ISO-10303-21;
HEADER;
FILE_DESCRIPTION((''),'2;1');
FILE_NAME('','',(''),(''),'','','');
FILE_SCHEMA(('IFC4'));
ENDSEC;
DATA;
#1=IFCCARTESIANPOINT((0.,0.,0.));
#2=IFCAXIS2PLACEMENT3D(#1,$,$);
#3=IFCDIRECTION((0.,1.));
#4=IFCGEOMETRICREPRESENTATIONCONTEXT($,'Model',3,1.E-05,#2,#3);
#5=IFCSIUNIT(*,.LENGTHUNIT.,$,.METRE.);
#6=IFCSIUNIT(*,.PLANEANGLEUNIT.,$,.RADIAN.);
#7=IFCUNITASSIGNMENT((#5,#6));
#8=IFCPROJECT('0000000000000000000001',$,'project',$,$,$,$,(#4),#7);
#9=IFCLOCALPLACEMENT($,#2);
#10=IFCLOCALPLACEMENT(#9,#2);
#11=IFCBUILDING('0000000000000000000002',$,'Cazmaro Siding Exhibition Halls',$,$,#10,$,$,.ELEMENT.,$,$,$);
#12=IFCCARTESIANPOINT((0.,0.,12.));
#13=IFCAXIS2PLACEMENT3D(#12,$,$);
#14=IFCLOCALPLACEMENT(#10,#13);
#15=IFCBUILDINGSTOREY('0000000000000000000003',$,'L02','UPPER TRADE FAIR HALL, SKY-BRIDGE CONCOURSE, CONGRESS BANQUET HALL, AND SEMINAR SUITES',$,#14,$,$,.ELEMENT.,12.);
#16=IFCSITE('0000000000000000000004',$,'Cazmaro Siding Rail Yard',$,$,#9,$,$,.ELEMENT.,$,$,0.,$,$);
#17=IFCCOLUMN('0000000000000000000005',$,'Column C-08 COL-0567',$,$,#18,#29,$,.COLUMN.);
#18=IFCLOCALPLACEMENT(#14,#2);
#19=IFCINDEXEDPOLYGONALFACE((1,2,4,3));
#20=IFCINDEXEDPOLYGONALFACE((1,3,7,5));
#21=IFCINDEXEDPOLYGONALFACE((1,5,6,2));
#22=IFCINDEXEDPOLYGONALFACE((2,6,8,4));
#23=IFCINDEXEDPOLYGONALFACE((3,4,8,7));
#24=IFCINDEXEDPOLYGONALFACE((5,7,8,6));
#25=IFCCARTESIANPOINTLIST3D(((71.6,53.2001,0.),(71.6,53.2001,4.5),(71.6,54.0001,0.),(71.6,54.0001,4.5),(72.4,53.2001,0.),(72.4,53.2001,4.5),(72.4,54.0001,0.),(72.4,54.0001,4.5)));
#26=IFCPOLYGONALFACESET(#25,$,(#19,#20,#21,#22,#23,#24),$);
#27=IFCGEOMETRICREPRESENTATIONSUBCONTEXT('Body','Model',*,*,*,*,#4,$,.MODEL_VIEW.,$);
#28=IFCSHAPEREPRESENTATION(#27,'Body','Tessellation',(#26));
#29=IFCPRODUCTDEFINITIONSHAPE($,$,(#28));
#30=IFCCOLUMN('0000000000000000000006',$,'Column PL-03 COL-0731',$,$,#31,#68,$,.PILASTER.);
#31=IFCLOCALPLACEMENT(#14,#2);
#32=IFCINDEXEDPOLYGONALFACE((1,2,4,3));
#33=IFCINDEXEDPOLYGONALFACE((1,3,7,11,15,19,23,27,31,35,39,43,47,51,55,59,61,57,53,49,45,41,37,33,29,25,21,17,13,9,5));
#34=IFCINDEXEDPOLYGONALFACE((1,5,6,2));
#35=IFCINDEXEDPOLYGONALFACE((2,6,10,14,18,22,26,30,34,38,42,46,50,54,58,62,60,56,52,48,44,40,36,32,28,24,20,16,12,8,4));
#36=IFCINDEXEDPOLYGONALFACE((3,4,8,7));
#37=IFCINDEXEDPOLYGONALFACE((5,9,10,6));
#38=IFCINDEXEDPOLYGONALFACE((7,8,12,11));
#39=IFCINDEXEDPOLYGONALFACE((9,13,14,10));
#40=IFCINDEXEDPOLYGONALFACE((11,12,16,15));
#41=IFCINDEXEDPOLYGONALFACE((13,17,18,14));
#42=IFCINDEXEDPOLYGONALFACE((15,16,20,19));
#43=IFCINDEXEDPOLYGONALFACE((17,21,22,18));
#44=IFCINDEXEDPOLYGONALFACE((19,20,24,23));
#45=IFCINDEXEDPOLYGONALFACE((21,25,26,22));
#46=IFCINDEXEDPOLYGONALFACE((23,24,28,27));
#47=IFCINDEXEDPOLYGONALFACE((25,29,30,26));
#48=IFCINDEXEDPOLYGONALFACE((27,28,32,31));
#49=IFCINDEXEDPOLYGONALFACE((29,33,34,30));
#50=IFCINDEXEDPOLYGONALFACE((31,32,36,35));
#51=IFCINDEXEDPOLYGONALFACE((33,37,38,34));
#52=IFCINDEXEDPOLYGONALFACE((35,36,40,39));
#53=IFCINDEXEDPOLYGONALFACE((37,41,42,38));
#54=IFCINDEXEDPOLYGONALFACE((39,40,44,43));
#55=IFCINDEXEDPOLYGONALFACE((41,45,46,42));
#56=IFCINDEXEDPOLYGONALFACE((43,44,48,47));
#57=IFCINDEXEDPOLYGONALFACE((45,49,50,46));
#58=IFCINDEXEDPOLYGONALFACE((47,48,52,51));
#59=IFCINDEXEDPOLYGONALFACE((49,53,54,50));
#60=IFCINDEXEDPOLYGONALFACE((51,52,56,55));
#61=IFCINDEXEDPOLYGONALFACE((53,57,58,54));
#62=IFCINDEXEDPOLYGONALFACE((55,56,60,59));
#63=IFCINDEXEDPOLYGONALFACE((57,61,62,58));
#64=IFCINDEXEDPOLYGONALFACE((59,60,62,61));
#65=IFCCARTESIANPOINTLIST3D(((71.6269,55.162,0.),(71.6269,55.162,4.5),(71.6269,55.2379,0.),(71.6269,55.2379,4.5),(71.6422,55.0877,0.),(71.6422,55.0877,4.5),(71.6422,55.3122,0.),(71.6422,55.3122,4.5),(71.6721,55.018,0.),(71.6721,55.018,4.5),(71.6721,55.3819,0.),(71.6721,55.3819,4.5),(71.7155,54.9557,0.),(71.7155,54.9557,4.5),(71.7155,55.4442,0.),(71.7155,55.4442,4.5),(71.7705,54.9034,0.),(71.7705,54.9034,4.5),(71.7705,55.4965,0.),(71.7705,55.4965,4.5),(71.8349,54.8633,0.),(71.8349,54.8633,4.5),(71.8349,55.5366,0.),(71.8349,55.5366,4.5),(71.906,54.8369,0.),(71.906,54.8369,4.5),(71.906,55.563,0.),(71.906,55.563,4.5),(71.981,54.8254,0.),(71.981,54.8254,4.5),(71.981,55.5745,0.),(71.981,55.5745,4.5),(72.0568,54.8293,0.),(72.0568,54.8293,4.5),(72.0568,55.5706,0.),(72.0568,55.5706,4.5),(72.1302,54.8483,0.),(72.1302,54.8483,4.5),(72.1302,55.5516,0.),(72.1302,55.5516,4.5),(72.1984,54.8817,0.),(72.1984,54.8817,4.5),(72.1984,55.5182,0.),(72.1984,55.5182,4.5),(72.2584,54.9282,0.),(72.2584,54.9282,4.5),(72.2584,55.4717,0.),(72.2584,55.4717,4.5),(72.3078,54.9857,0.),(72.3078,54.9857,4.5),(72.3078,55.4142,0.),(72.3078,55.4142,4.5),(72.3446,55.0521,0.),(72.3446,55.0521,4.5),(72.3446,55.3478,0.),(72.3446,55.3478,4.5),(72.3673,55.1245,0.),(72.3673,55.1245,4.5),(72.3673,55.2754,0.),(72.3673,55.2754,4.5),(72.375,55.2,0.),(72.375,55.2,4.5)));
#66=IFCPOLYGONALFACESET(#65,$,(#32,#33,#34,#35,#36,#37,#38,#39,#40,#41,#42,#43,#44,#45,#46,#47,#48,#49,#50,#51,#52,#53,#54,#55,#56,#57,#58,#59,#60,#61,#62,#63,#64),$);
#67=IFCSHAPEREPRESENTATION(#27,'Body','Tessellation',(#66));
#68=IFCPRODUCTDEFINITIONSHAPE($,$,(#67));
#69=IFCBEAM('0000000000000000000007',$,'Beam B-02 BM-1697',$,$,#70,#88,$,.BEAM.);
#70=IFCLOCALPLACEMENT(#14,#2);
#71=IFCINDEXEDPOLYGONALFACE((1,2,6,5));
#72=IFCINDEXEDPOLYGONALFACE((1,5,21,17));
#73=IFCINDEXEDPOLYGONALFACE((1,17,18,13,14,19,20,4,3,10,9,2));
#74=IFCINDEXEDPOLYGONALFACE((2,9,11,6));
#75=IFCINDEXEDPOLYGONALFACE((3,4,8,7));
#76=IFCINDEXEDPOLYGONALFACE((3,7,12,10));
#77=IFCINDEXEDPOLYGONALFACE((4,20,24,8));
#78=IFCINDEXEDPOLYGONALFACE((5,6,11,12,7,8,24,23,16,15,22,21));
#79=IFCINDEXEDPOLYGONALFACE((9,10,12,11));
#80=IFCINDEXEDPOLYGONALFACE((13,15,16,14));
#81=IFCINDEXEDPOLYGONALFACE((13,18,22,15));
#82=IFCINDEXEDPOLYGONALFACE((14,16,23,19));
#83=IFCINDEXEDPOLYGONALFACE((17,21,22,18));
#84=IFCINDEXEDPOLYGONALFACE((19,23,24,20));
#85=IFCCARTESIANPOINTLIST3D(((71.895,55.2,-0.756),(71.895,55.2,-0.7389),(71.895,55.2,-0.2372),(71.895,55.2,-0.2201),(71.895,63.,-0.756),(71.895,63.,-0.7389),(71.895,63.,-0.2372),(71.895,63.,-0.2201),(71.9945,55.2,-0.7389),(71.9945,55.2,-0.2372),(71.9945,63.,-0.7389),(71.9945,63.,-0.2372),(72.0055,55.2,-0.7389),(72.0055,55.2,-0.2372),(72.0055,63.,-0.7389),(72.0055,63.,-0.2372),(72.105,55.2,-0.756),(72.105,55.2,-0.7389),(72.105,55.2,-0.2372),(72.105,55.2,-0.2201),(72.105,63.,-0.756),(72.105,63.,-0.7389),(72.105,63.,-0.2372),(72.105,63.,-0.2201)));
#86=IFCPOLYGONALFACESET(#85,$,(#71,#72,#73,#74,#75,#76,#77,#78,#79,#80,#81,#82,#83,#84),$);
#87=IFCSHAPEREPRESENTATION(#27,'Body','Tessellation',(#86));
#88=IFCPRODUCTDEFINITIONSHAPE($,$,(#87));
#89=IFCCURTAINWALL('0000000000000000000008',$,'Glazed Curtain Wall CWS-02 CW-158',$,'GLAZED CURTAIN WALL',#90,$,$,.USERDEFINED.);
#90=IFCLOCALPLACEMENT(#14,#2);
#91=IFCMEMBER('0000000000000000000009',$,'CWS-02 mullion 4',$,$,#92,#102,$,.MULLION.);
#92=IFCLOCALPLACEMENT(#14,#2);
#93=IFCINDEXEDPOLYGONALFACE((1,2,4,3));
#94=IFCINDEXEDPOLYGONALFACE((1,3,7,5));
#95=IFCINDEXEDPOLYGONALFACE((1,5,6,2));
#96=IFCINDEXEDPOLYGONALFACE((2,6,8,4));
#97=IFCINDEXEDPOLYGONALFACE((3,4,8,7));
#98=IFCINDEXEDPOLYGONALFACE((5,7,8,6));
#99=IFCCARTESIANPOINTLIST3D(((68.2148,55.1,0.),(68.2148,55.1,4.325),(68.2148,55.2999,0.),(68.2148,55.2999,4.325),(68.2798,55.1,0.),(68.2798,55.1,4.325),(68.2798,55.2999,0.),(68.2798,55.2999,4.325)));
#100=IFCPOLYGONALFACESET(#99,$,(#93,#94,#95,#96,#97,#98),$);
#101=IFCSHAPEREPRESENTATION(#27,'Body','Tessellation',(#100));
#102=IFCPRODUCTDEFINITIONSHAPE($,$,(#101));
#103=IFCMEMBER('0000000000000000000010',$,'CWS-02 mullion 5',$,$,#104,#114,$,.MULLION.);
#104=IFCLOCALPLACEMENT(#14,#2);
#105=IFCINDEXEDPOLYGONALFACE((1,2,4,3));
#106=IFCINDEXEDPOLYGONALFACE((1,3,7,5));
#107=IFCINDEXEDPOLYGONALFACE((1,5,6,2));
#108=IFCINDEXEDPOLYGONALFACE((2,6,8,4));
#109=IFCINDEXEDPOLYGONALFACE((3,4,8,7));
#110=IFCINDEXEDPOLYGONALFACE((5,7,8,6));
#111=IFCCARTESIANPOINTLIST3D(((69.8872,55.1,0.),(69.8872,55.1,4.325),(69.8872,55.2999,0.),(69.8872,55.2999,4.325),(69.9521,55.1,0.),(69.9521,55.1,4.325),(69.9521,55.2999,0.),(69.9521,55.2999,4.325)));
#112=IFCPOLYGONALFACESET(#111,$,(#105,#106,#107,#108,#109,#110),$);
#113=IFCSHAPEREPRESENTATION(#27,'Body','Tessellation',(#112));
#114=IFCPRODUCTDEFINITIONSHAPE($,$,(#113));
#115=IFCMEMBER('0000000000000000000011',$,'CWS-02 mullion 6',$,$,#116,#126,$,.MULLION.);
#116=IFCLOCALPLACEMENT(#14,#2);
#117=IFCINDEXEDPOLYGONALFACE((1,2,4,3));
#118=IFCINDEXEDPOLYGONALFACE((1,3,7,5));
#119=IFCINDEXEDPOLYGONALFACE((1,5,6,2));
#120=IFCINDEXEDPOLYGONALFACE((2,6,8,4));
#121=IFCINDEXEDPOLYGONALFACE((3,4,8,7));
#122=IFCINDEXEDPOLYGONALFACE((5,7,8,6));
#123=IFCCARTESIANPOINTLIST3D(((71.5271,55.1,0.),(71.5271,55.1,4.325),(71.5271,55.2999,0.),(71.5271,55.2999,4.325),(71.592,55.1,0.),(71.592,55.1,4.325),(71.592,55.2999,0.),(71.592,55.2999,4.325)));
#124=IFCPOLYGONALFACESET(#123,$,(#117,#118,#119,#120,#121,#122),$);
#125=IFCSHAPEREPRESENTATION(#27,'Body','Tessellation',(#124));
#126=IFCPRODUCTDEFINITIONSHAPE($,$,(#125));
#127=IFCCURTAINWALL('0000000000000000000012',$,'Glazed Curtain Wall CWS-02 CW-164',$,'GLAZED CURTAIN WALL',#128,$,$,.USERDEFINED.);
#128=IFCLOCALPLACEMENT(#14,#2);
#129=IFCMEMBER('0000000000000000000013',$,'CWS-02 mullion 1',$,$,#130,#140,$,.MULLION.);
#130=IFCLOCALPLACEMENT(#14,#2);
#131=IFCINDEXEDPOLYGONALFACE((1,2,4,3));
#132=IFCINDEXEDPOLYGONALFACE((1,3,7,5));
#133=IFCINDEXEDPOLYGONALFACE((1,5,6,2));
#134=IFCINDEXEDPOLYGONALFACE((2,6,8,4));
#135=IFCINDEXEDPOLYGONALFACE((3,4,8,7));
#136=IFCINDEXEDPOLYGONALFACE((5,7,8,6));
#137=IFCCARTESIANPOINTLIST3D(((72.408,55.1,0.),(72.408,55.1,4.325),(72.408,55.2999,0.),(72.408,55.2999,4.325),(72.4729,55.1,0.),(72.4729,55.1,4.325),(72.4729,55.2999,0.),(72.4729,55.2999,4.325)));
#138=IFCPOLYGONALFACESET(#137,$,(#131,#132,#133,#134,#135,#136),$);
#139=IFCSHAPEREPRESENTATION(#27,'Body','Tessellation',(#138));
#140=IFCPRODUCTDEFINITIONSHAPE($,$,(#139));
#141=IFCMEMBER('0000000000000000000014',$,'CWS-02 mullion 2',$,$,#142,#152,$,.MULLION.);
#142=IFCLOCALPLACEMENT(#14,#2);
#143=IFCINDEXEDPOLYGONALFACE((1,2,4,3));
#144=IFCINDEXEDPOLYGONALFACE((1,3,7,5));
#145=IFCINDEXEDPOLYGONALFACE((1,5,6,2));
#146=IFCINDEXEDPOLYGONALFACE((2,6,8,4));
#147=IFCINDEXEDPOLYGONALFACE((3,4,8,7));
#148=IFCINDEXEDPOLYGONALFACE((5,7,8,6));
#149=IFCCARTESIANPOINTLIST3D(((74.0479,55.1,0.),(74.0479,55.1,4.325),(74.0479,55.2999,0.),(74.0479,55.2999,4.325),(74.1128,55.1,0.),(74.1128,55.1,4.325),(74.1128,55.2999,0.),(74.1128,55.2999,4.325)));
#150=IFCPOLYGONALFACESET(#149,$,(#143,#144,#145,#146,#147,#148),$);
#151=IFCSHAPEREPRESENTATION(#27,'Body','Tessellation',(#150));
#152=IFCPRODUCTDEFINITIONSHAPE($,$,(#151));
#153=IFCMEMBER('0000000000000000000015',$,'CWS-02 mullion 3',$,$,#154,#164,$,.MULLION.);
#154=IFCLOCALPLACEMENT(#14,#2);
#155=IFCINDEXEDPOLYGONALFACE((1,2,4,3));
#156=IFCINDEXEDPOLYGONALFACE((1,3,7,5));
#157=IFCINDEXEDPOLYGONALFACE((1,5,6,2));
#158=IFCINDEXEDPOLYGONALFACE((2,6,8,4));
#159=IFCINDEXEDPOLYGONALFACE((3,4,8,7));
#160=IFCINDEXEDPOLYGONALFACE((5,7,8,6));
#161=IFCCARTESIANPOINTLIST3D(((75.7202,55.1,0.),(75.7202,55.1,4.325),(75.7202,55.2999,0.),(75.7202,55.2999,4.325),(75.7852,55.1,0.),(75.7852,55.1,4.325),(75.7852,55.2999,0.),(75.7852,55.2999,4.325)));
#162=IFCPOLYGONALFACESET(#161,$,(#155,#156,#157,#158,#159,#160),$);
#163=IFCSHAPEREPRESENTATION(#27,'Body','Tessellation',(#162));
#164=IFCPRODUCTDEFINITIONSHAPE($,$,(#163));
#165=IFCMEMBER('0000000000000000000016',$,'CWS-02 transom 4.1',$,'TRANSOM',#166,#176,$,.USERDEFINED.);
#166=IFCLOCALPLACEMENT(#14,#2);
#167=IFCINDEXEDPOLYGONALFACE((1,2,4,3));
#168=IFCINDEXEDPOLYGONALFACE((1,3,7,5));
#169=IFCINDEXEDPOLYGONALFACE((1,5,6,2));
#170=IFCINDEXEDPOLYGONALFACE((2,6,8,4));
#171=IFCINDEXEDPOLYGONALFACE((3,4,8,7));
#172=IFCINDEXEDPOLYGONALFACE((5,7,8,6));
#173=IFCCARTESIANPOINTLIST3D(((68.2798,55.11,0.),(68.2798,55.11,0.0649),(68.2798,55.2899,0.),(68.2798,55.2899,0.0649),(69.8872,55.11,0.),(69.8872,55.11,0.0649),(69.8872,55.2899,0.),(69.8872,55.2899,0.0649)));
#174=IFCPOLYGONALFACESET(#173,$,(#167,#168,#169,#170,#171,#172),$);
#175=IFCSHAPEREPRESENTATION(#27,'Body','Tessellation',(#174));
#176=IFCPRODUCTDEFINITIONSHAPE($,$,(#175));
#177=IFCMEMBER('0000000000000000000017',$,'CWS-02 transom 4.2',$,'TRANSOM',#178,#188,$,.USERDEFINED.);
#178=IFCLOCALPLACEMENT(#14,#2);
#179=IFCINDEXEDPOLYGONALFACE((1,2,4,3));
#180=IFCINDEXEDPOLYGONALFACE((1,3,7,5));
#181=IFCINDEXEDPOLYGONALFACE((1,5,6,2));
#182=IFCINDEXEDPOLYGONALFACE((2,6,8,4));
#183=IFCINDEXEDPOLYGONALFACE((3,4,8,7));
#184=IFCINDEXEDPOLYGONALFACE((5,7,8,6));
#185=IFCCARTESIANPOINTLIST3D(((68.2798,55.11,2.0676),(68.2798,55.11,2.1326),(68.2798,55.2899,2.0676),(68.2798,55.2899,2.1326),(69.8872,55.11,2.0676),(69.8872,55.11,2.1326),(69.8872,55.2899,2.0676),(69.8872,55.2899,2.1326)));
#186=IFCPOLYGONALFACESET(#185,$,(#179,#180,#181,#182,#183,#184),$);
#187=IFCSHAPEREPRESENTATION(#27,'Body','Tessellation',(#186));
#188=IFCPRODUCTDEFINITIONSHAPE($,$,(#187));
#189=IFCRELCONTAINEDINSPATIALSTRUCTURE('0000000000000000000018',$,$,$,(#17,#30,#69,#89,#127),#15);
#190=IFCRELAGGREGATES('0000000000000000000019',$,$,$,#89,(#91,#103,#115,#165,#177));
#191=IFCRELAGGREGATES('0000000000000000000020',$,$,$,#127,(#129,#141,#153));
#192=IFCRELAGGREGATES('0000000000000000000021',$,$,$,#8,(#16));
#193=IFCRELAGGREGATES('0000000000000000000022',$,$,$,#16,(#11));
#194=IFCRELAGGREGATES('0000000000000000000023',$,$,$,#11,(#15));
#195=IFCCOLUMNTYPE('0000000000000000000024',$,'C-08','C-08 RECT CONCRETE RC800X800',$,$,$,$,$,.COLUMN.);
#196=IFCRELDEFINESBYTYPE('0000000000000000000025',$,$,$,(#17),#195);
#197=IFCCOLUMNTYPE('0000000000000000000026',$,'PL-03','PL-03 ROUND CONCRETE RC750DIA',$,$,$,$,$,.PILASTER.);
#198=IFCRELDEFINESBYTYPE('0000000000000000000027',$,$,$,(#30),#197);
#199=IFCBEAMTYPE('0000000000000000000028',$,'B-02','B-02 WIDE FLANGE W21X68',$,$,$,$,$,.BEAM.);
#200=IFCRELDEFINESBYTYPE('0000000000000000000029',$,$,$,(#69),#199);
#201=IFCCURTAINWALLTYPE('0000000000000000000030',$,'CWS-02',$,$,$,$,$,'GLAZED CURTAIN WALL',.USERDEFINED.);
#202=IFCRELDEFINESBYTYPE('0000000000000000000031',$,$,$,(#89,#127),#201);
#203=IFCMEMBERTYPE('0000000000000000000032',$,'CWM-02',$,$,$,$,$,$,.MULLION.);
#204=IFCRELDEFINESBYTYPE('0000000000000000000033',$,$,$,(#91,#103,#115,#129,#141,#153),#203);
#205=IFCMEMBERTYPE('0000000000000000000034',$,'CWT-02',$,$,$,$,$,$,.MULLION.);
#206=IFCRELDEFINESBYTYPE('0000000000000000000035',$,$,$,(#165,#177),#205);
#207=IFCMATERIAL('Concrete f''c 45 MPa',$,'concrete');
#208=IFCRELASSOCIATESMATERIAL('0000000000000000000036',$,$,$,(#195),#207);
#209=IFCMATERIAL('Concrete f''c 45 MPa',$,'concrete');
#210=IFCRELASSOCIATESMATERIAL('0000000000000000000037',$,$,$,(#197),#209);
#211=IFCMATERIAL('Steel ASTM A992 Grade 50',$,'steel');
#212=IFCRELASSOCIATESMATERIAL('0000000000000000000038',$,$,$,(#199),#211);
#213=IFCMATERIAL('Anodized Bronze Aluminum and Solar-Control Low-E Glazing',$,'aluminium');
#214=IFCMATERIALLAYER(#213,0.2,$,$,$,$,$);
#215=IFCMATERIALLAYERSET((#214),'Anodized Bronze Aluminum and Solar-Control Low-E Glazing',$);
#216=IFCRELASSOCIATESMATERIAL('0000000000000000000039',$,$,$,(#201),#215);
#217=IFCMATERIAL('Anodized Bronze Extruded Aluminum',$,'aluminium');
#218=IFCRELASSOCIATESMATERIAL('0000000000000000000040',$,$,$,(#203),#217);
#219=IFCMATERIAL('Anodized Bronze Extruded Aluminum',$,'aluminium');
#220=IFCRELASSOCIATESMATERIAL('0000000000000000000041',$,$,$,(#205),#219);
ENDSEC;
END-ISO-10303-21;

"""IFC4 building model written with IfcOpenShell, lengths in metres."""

from ifc_helpers import new_model, si_unit, direction, frame, origin, origin_2d, place, context, subcontext, project, spatial, rectangle, circle, i_section, extrude, material, layer, layer_set, material_profile, profile_set, type_object, element, aggregate, save


model = new_model("IFC4")

# Units and contexts
model_context = context("Model", 3, precision=1e-05, world=origin(), true_north=direction((0.0, 1.0)))
body_context = subcontext(model_context, "Body", "Model", "MODEL_VIEW")
ifc_project = project(units=[si_unit("LENGTHUNIT", "METRE"), si_unit("PLANEANGLEUNIT", "RADIAN")], contexts=[model_context])

# Site, building, storey
site_placement = place(None, origin())
site = spatial("IfcSite", under=ifc_project, at=site_placement, Name="Cazmaro Siding Rail Yard", CompositionType="ELEMENT", RefElevation=0.0)
building_placement = place(site_placement, origin())
building = spatial("IfcBuilding", under=site, at=building_placement, Name="Cazmaro Siding Exhibition Halls", CompositionType="ELEMENT")
storey_placement = place(building_placement, frame((0.0, 0.0, 12.0)))
storey = spatial("IfcBuildingStorey", under=building, at=storey_placement, Name="L02", Description="UPPER TRADE FAIR HALL, SKY-BRIDGE CONCOURSE, CONGRESS BANQUET HALL, AND SEMINAR SUITES", CompositionType="ELEMENT", Elevation=12.0)

# Columns
ifc_material_1 = material(Name="Concrete f'c 45 MPa", Category="concrete")
ifc_material_profile_1 = material_profile(ifc_material_1, rectangle(XDim=0.8, YDim=0.8, at=origin_2d()), Name="RC800X800")
ifc_profile_set_1 = profile_set([ifc_material_profile_1], Name="Concrete f'c 45 MPa")
column_type_1 = type_object("IfcColumnType", Name="C-08", Description="C-08 RECT CONCRETE RC800X800", PredefinedType="COLUMN", material=ifc_profile_set_1)
column_1_placement = place(storey_placement, frame((72.0, 53.6001, 0.0), z_axis=(0.0, 0.0, 1.0), x_axis=(1.0, 0.0, 0.0)))
element("IfcColumn", 1, at=column_1_placement, inside=storey, type_object=column_type_1, Name="Column C-08 COL-0567", PredefinedType="COLUMN", context=body_context, shape_type="SweptSolid", body=[
    extrude(rectangle(XDim=0.8, YDim=0.8, at=origin_2d()), origin(), (0.0, 0.0, 1.0), 4.5),
])
ifc_material_2 = material(Name="Concrete f'c 45 MPa", Category="concrete")
ifc_material_profile_2 = material_profile(ifc_material_2, circle(Radius=0.375, at=origin_2d()), Name="RC750DIA")
ifc_profile_set_2 = profile_set([ifc_material_profile_2], Name="Concrete f'c 45 MPa")
column_type_2 = type_object("IfcColumnType", Name="PL-03", Description="PL-03 ROUND CONCRETE RC750DIA", PredefinedType="PILASTER", material=ifc_profile_set_2)
column_2_placement = place(storey_placement, frame((72.0, 55.2, 0.0), z_axis=(0.0, 0.0, 1.0), x_axis=(1.0, 0.0, 0.0)))
element("IfcColumn", 2, at=column_2_placement, inside=storey, type_object=column_type_2, Name="Column PL-03 COL-0731", PredefinedType="PILASTER", context=body_context, shape_type="SweptSolid", body=[
    extrude(circle(Radius=0.375, at=origin_2d()), origin(), (0.0, 0.0, 1.0), 4.5),
])

# Beam
ifc_material_3 = material(Name="Steel ASTM A992 Grade 50", Category="steel")
ifc_material_profile_3 = material_profile(ifc_material_3, i_section(OverallWidth=0.21, OverallDepth=0.5359, WebThickness=0.011, FlangeThickness=0.0171, at=origin_2d()), Name="W21X68")
ifc_profile_set_3 = profile_set([ifc_material_profile_3], Name="Steel ASTM A992 Grade 50")
beam_type_1 = type_object("IfcBeamType", Name="B-02", Description="B-02 WIDE FLANGE W21X68", PredefinedType="BEAM", material=ifc_profile_set_3)
beam_1_placement = place(storey_placement, frame((72.0, 55.2, -0.488), z_axis=(0.0, 1.0, 0.0), x_axis=(-1.0, 0.0, 0.0)))
element("IfcBeam", 3, at=beam_1_placement, inside=storey, type_object=beam_type_1, Name="Beam B-02 BM-1697", PredefinedType="BEAM", context=body_context, shape_type="SweptSolid", body=[
    extrude(i_section(OverallWidth=0.21, OverallDepth=0.5359, WebThickness=0.011, FlangeThickness=0.0171, at=origin_2d()), origin(), (0.0, 0.0, 1.0), 7.8),
])

# Curtain walls, members
ifc_material_4 = material(Name="Anodized Bronze Aluminum and Solar-Control Low-E Glazing", Category="aluminium")
ifc_layer_1 = layer(ifc_material_4, 0.2)
ifc_layer_set_1 = layer_set([ifc_layer_1], Name="Anodized Bronze Aluminum and Solar-Control Low-E Glazing")
curtain_wall_type = type_object("IfcCurtainWallType", Name="CWS-02", ElementType="GLAZED CURTAIN WALL", PredefinedType="USERDEFINED", material=ifc_layer_set_1)
curtain_wall_1_placement = place(storey_placement, origin())
curtain_wall_1 = element("IfcCurtainWall", 4, at=curtain_wall_1_placement, inside=storey, type_object=curtain_wall_type, Name="Glazed Curtain Wall CWS-02 CW-158", ObjectType="GLAZED CURTAIN WALL", PredefinedType="USERDEFINED")
ifc_material_5 = material(Name="Anodized Bronze Extruded Aluminum", Category="aluminium")
ifc_material_profile_4 = material_profile(ifc_material_5, rectangle(XDim=0.2, YDim=0.0649, at=origin_2d()), Name="CWM-02")
ifc_profile_set_4 = profile_set([ifc_material_profile_4], Name="Anodized Bronze Extruded Aluminum")
member_type_1 = type_object("IfcMemberType", Name="CWM-02", PredefinedType="MULLION", material=ifc_profile_set_4)
member_1_placement = place(storey_placement, frame((68.2473, 55.2, 0.0), z_axis=(0.0, 0.0, 1.0), x_axis=(0.0, 1.0, 0.0)))
member_1 = element("IfcMember", 5, at=member_1_placement, type_object=member_type_1, Name="CWS-02 mullion 4", PredefinedType="MULLION", context=body_context, shape_type="SweptSolid", body=[
    extrude(rectangle(XDim=0.2, YDim=0.0649, at=origin_2d()), origin(), (0.0, 0.0, 1.0), 4.325),
])
member_2_placement = place(storey_placement, frame((69.9197, 55.2, 0.0), z_axis=(0.0, 0.0, 1.0), x_axis=(0.0, 1.0, 0.0)))
member_2 = element("IfcMember", 6, at=member_2_placement, type_object=member_type_1, Name="CWS-02 mullion 5", PredefinedType="MULLION", context=body_context, shape_type="SweptSolid", body=[
    extrude(rectangle(XDim=0.2, YDim=0.0649, at=origin_2d()), origin(), (0.0, 0.0, 1.0), 4.325),
])
member_3_placement = place(storey_placement, frame((71.5596, 55.2, 0.0), z_axis=(0.0, 0.0, 1.0), x_axis=(0.0, 1.0, 0.0)))
member_3 = element("IfcMember", 7, at=member_3_placement, type_object=member_type_1, Name="CWS-02 mullion 6", PredefinedType="MULLION", context=body_context, shape_type="SweptSolid", body=[
    extrude(rectangle(XDim=0.2, YDim=0.0649, at=origin_2d()), origin(), (0.0, 0.0, 1.0), 4.325),
])
curtain_wall_2_placement = place(storey_placement, origin())
curtain_wall_2 = element("IfcCurtainWall", 8, at=curtain_wall_2_placement, inside=storey, type_object=curtain_wall_type, Name="Glazed Curtain Wall CWS-02 CW-164", ObjectType="GLAZED CURTAIN WALL", PredefinedType="USERDEFINED")
member_4_placement = place(storey_placement, frame((72.4404, 55.2, 0.0), z_axis=(0.0, 0.0, 1.0), x_axis=(0.0, 1.0, 0.0)))
member_4 = element("IfcMember", 9, at=member_4_placement, type_object=member_type_1, Name="CWS-02 mullion 1", PredefinedType="MULLION", context=body_context, shape_type="SweptSolid", body=[
    extrude(rectangle(XDim=0.2, YDim=0.0649, at=origin_2d()), origin(), (0.0, 0.0, 1.0), 4.325),
])
member_5_placement = place(storey_placement, frame((74.0803, 55.2, 0.0), z_axis=(0.0, 0.0, 1.0), x_axis=(0.0, 1.0, 0.0)))
member_5 = element("IfcMember", 10, at=member_5_placement, type_object=member_type_1, Name="CWS-02 mullion 2", PredefinedType="MULLION", context=body_context, shape_type="SweptSolid", body=[
    extrude(rectangle(XDim=0.2, YDim=0.0649, at=origin_2d()), origin(), (0.0, 0.0, 1.0), 4.325),
])
member_6_placement = place(storey_placement, frame((75.7527, 55.2, 0.0), z_axis=(0.0, 0.0, 1.0), x_axis=(0.0, 1.0, 0.0)))
member_6 = element("IfcMember", 11, at=member_6_placement, type_object=member_type_1, Name="CWS-02 mullion 3", PredefinedType="MULLION", context=body_context, shape_type="SweptSolid", body=[
    extrude(rectangle(XDim=0.2, YDim=0.0649, at=origin_2d()), origin(), (0.0, 0.0, 1.0), 4.325),
])

# Members
ifc_material_6 = material(Name="Anodized Bronze Extruded Aluminum", Category="aluminium")
ifc_material_profile_5 = material_profile(ifc_material_6, rectangle(XDim=0.1799, YDim=0.0649, at=origin_2d()), Name="CWT-02")
ifc_profile_set_5 = profile_set([ifc_material_profile_5], Name="Anodized Bronze Extruded Aluminum")
member_type_2 = type_object("IfcMemberType", Name="CWT-02", PredefinedType="MULLION", material=ifc_profile_set_5)
member_7_placement = place(storey_placement, frame((68.2798, 55.2, 0.0325), z_axis=(1.0, 0.0, 0.0), x_axis=(0.0, 1.0, 0.0)))
member_7 = element("IfcMember", 12, at=member_7_placement, type_object=member_type_2, Name="CWS-02 transom 4.1", ObjectType="TRANSOM", PredefinedType="USERDEFINED", context=body_context, shape_type="SweptSolid", body=[
    extrude(rectangle(XDim=0.1799, YDim=0.0649, at=origin_2d()), origin(), (0.0, 0.0, 1.0), 1.6074),
])
member_8_placement = place(storey_placement, frame((68.2798, 55.2, 2.1001), z_axis=(1.0, 0.0, 0.0), x_axis=(0.0, 1.0, 0.0)))
member_8 = element("IfcMember", 13, at=member_8_placement, type_object=member_type_2, Name="CWS-02 transom 4.2", ObjectType="TRANSOM", PredefinedType="USERDEFINED", context=body_context, shape_type="SweptSolid", body=[
    extrude(rectangle(XDim=0.1799, YDim=0.0649, at=origin_2d()), origin(), (0.0, 0.0, 1.0), 1.6074),
])

aggregate(curtain_wall_1, [member_1, member_2, member_3, member_7, member_8])
aggregate(curtain_wall_2, [member_4, member_5, member_6])

save(model, "model.ifc")
